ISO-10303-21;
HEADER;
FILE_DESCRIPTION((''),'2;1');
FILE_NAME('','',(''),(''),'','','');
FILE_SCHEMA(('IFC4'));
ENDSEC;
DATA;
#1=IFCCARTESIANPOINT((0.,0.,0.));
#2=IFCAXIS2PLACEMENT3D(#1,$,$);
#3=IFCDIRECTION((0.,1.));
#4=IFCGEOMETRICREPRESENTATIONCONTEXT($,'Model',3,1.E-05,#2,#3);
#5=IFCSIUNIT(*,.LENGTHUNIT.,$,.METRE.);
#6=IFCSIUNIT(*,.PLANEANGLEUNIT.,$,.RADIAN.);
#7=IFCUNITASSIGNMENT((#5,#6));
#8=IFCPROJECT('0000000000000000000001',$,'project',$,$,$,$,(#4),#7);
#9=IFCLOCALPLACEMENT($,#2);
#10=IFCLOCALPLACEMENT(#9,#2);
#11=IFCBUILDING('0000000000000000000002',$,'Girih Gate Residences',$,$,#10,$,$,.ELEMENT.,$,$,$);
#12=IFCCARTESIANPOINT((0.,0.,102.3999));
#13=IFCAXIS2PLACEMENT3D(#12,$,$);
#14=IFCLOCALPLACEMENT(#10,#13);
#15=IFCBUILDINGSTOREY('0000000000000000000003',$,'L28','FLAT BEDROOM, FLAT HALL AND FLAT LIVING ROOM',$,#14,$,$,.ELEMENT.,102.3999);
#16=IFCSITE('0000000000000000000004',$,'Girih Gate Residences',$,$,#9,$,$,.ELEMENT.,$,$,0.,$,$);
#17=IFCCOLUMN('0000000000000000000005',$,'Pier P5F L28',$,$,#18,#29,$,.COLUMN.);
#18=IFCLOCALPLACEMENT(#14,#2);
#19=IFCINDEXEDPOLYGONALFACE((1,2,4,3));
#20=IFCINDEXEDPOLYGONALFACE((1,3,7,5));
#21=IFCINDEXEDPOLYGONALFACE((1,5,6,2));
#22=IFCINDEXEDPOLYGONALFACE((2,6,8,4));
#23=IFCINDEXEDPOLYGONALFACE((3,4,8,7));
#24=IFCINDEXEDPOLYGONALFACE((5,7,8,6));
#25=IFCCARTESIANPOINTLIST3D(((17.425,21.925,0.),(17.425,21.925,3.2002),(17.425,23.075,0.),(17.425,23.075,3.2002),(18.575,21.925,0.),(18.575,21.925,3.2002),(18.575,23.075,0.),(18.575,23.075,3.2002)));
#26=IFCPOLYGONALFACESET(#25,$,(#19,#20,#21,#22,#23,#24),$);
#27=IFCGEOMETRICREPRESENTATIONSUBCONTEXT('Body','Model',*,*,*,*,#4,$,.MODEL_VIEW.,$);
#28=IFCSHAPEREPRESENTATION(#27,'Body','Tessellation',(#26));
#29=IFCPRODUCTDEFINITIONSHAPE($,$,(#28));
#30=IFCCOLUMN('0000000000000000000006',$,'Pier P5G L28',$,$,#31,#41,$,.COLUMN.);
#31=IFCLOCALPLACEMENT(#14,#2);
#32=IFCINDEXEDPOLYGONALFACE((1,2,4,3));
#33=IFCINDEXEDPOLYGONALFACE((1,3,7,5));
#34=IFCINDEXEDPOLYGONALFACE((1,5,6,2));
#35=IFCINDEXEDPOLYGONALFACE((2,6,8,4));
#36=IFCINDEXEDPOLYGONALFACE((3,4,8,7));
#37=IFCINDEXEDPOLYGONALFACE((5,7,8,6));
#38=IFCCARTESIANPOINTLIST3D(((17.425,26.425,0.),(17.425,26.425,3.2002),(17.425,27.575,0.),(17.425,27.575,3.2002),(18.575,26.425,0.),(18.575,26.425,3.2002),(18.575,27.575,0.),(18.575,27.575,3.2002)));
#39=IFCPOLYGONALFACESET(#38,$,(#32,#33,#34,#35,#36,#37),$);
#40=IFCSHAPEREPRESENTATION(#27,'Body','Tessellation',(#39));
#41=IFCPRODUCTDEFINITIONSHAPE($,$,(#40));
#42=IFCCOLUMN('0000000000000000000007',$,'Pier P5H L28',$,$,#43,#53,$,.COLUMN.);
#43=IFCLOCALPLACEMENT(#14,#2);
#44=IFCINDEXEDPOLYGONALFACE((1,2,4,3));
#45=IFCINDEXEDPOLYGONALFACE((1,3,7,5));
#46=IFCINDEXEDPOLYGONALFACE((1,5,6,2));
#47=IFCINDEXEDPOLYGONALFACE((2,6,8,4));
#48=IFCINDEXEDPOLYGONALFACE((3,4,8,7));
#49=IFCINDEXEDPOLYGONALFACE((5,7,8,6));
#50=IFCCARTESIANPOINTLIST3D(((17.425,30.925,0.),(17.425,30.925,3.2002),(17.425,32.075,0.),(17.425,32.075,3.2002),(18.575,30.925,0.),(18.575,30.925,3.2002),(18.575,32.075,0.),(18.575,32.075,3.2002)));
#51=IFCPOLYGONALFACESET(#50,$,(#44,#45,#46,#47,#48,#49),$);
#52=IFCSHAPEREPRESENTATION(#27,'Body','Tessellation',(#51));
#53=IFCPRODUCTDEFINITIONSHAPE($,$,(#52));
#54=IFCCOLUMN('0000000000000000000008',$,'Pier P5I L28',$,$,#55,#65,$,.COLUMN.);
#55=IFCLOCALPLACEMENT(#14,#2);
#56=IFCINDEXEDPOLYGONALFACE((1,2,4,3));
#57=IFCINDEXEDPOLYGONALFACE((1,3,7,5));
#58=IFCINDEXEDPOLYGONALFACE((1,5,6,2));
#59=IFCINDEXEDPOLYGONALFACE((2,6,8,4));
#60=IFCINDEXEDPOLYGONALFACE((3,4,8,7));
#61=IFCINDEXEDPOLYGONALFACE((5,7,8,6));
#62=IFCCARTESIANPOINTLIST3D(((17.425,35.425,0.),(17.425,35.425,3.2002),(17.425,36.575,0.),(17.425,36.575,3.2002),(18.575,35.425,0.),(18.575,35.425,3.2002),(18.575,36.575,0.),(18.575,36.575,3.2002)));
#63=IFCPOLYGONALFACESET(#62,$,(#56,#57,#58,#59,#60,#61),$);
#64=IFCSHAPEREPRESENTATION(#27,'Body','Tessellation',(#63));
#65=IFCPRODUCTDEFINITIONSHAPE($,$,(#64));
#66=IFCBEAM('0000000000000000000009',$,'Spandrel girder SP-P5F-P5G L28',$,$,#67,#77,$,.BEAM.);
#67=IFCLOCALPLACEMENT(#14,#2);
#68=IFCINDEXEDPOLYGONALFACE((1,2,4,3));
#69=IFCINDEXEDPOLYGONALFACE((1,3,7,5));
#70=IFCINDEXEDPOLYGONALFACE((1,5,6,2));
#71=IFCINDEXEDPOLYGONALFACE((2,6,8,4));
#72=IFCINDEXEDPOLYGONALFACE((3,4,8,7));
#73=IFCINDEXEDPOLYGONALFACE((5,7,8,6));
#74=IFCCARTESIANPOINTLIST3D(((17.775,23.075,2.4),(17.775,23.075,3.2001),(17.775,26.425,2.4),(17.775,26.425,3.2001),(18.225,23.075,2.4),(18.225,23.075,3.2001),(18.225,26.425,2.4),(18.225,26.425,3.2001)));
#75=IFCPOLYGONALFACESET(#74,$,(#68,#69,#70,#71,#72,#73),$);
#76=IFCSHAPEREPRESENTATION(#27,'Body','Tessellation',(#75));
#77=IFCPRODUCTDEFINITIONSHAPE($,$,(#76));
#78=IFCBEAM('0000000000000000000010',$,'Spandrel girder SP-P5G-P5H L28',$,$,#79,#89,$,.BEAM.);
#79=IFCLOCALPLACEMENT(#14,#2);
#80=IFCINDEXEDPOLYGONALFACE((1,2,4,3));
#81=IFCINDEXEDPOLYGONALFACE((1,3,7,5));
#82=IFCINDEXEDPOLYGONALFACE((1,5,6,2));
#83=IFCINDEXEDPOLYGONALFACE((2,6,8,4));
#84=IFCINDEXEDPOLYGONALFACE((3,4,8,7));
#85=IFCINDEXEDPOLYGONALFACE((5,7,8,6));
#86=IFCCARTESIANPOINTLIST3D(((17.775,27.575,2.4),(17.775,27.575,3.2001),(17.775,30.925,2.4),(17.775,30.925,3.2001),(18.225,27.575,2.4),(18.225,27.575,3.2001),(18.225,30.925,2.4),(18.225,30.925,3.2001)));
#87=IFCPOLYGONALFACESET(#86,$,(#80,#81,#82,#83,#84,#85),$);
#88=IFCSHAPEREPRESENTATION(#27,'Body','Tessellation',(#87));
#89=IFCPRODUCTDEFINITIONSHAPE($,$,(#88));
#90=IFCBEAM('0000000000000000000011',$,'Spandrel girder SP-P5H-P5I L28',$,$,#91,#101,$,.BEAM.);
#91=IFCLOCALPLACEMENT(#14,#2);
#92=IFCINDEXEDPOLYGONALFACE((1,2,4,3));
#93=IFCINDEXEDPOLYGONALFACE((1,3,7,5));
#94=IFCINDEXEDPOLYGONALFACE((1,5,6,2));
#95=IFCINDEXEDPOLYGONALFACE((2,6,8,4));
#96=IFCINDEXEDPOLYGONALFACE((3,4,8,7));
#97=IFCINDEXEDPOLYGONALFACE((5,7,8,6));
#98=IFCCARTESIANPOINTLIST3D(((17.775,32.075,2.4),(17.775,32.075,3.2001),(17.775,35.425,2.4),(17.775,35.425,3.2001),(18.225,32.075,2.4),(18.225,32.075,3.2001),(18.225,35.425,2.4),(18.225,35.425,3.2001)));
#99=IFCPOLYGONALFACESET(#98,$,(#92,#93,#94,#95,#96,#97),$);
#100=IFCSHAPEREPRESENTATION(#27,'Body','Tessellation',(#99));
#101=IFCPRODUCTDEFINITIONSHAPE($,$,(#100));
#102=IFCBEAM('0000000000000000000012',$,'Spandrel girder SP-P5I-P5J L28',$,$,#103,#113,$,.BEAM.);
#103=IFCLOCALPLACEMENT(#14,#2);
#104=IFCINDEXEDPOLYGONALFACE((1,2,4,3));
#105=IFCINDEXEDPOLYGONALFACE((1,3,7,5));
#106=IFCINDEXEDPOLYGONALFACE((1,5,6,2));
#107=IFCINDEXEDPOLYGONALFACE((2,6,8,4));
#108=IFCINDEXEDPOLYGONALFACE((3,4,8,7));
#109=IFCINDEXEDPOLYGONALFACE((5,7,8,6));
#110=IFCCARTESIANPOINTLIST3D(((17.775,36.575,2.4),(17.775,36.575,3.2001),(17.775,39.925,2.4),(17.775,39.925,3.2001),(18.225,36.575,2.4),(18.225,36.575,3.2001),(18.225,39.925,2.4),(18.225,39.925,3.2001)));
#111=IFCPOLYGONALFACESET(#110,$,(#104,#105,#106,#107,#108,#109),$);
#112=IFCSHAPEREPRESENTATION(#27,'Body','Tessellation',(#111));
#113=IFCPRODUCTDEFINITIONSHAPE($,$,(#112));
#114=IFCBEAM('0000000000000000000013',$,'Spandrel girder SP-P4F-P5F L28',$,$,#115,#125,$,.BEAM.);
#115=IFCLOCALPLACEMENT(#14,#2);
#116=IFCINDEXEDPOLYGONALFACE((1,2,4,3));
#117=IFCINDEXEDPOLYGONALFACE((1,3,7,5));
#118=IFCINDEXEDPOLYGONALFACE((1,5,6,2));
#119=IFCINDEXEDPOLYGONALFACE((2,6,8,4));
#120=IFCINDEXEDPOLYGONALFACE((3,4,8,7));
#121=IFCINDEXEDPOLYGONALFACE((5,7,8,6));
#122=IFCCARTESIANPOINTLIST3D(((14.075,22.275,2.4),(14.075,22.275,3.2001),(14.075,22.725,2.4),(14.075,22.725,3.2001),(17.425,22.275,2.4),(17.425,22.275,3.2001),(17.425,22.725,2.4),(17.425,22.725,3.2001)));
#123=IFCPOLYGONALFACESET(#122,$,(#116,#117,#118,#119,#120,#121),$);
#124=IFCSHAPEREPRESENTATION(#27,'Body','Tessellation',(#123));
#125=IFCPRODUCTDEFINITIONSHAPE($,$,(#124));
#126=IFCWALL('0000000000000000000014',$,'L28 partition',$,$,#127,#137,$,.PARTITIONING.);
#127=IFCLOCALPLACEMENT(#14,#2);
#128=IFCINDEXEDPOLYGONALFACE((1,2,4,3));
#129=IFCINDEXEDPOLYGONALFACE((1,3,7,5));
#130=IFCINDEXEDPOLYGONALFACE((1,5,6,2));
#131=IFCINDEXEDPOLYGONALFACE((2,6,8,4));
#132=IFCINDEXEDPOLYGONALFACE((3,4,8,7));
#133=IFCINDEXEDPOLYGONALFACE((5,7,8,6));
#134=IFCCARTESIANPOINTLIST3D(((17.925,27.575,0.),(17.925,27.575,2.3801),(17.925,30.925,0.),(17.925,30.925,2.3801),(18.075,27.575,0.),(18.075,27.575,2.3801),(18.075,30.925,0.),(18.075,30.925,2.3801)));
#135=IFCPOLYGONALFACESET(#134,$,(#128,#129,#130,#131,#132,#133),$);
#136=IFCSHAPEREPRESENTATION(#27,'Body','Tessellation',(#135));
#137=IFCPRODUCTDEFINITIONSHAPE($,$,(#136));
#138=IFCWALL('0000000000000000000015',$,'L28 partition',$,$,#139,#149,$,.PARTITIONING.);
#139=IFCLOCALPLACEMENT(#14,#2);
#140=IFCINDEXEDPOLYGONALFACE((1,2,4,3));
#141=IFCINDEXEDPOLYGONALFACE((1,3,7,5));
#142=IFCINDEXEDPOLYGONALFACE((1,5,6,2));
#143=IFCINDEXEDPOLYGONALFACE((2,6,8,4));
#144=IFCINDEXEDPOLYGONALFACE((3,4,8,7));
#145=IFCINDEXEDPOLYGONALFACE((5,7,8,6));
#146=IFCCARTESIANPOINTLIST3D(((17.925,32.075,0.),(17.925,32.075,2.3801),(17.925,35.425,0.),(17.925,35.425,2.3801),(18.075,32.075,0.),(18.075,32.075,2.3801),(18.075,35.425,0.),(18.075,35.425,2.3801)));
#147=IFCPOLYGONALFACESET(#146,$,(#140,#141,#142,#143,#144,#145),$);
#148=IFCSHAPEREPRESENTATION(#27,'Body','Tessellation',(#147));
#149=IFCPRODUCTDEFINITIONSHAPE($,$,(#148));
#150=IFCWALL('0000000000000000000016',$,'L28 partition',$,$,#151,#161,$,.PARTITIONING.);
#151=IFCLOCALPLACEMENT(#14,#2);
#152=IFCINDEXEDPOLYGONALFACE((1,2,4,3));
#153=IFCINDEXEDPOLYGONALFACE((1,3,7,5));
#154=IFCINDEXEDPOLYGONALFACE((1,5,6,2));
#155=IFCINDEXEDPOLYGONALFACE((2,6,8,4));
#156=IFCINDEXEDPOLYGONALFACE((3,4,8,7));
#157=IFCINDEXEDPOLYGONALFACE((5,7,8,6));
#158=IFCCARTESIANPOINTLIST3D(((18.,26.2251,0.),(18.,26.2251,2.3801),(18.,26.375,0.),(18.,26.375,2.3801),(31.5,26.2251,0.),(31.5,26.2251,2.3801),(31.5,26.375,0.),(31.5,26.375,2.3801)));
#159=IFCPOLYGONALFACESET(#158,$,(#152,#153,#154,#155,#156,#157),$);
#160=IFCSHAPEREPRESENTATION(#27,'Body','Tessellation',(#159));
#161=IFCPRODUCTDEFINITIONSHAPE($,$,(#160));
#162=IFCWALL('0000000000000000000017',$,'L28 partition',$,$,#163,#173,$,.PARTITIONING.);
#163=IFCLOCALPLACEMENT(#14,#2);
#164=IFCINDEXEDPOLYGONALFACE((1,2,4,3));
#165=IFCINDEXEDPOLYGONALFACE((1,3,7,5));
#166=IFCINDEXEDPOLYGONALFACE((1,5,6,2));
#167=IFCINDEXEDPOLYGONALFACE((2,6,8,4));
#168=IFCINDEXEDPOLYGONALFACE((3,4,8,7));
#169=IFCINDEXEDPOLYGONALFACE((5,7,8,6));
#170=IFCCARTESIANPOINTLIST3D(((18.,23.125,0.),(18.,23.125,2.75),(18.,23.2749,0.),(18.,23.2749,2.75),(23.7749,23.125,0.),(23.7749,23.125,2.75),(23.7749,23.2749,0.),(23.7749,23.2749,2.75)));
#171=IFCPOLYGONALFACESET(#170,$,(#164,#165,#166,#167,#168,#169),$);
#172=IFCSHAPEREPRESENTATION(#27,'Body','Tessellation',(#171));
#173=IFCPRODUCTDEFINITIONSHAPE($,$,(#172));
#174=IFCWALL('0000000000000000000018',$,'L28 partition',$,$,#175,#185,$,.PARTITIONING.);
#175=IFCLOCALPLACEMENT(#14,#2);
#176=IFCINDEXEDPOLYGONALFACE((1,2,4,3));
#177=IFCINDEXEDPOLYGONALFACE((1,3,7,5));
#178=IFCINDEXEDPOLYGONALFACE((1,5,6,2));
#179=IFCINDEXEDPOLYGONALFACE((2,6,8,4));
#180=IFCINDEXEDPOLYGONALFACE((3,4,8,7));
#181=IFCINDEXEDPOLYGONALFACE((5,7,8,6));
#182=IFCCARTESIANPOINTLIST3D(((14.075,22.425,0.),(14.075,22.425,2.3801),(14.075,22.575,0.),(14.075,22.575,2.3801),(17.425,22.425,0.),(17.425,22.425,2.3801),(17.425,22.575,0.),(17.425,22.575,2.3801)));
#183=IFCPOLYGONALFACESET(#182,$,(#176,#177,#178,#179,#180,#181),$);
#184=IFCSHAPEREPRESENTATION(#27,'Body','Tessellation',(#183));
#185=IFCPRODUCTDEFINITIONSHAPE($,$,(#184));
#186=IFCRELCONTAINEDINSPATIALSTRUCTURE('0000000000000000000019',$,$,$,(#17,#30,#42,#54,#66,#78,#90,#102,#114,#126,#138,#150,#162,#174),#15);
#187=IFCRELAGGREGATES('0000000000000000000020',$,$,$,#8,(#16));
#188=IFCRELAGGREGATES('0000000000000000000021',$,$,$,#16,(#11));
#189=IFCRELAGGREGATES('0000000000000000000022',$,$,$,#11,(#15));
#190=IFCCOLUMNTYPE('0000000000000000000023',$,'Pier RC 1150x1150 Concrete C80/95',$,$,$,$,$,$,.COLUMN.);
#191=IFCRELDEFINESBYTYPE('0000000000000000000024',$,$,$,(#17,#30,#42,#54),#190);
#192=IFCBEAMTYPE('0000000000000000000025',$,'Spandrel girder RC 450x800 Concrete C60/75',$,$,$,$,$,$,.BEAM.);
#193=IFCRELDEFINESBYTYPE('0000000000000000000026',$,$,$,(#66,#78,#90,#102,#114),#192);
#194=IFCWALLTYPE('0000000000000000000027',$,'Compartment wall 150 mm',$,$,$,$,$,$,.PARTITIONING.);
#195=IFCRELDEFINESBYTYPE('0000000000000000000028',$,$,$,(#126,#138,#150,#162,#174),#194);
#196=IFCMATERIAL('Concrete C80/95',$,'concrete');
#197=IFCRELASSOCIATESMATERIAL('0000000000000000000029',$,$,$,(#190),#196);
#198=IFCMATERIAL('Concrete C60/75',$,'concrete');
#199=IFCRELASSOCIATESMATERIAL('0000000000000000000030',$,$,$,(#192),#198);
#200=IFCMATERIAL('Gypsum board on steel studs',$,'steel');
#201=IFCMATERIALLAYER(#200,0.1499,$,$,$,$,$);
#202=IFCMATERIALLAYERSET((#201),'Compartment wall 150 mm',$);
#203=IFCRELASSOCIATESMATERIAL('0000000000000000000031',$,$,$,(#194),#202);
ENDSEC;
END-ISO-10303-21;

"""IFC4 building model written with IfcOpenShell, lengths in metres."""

from ifc_helpers import new_model, si_unit, direction, frame, frame_2d, origin, origin_2d, place, context, subcontext, project, spatial, rectangle, extrude, material, layer, layer_set, material_profile, profile_set, type_object, element, save


model = new_model("IFC4")

# Units and contexts
model_context = context("Model", 3, precision=1e-05, world=origin(), true_north=direction((0.0, 1.0)))
body_context = subcontext(model_context, "Body", "Model", "MODEL_VIEW")
ifc_project = project(units=[si_unit("LENGTHUNIT", "METRE"), si_unit("PLANEANGLEUNIT", "RADIAN")], contexts=[model_context])

# Site, building, storey
site_placement = place(None, origin())
site = spatial("IfcSite", under=ifc_project, at=site_placement, Name="Girih Gate Residences", CompositionType="ELEMENT", RefElevation=0.0)
building_placement = place(site_placement, origin())
building = spatial("IfcBuilding", under=site, at=building_placement, Name="Girih Gate Residences", CompositionType="ELEMENT")
storey_placement = place(building_placement, frame((0.0, 0.0, 102.3999)))
storey = spatial("IfcBuildingStorey", under=building, at=storey_placement, Name="L28", Description="FLAT BEDROOM, FLAT HALL AND FLAT LIVING ROOM", CompositionType="ELEMENT", Elevation=102.3999)

# Columns
ifc_material_1 = material(Name="Concrete C80/95", Category="concrete")
ifc_material_profile_1 = material_profile(ifc_material_1, rectangle(XDim=1.1499, YDim=1.1499, at=origin_2d()))
ifc_profile_set_1 = profile_set([ifc_material_profile_1], Name="Concrete C80/95")
column_type = type_object("IfcColumnType", Name="Pier RC 1150x1150 Concrete C80/95", PredefinedType="COLUMN", material=ifc_profile_set_1)
for number, where, z_axis, x_axis, name in (
    (1, (18.0, 22.5, 0.0), (0.0, 0.0, 1.0), (1.0, 0.0, 0.0), "Pier P5F L28"),
    (2, (18.0, 27.0, 0.0), (0.0, 0.0, 1.0), (1.0, 0.0, 0.0), "Pier P5G L28"),
    (3, (18.0, 31.5, 0.0), (0.0, 0.0, 1.0), (1.0, 0.0, 0.0), "Pier P5H L28"),
    (4, (18.0, 36.0, 0.0), (0.0, 0.0, 1.0), (1.0, 0.0, 0.0), "Pier P5I L28"),
):
    element("IfcColumn", number, at=place(storey_placement, frame(where, z_axis=z_axis, x_axis=x_axis)), inside=storey, type_object=column_type, Name=name, PredefinedType="COLUMN", context=body_context, shape_type="SweptSolid", body=[
        extrude(rectangle(XDim=1.1499, YDim=1.1499, at=origin_2d()), origin(), (0.0, 0.0, 1.0), 3.2002),
    ])

# Beams
ifc_material_2 = material(Name="Concrete C60/75", Category="concrete")
ifc_material_profile_2 = material_profile(ifc_material_2, rectangle(XDim=0.45, YDim=0.8, at=origin_2d()))
ifc_profile_set_2 = profile_set([ifc_material_profile_2], Name="Concrete C60/75")
beam_type = type_object("IfcBeamType", Name="Spandrel girder RC 450x800 Concrete C60/75", PredefinedType="BEAM", material=ifc_profile_set_2)
for number, where, z_axis, x_axis, name in (
    (5, (18.0, 23.075, 2.8), (0.0, 1.0, 0.0), (-1.0, 0.0, 0.0), "Spandrel girder SP-P5F-P5G L28"),
    (6, (18.0, 27.575, 2.8), (0.0, 1.0, 0.0), (-1.0, 0.0, 0.0), "Spandrel girder SP-P5G-P5H L28"),
    (7, (18.0, 32.075, 2.8), (0.0, 1.0, 0.0), (-1.0, 0.0, 0.0), "Spandrel girder SP-P5H-P5I L28"),
    (8, (18.0, 36.575, 2.8), (0.0, 1.0, 0.0), (-1.0, 0.0, 0.0), "Spandrel girder SP-P5I-P5J L28"),
    (9, (14.075, 22.5, 2.8), (1.0, 0.0, 0.0), (0.0, 1.0, 0.0), "Spandrel girder SP-P4F-P5F L28"),
):
    element("IfcBeam", number, at=place(storey_placement, frame(where, z_axis=z_axis, x_axis=x_axis)), inside=storey, type_object=beam_type, Name=name, PredefinedType="BEAM", context=body_context, shape_type="SweptSolid", body=[
        extrude(rectangle(XDim=0.45, YDim=0.8, at=origin_2d()), origin(), (0.0, 0.0, 1.0), 3.3501),
    ])

# Walls
ifc_material_3 = material(Name="Gypsum board on steel studs", Category="steel")
ifc_layer_1 = layer(ifc_material_3, 0.1499)
ifc_layer_set_1 = layer_set([ifc_layer_1], Name="Compartment wall 150 mm")
wall_type_1 = type_object("IfcWallType", Name="Compartment wall 150 mm", PredefinedType="PARTITIONING", material=ifc_layer_set_1)
for number, where, z_axis, x_axis, name in (
    (10, (18.0, 27.575, 0.0), (0.0, 0.0, 1.0), (0.0, 1.0, 0.0), "L28 partition"),
    (11, (18.0, 32.075, 0.0), (0.0, 0.0, 1.0), (0.0, 1.0, 0.0), "L28 partition"),
):
    element("IfcWall", number, at=place(storey_placement, frame(where, z_axis=z_axis, x_axis=x_axis)), inside=storey, type_object=wall_type_1, Name=name, PredefinedType="PARTITIONING", context=body_context, shape_type="SweptSolid", body=[
        extrude(rectangle(XDim=3.3501, YDim=0.1499, at=frame_2d((1.675, 0.0))), origin(), (0.0, 0.0, 1.0), 2.3801),
    ])
wall_1_placement = place(storey_placement, frame((18.0, 26.3, 0.0), z_axis=(0.0, 0.0, 1.0), x_axis=(1.0, 0.0, 0.0)))
element("IfcWall", 12, at=wall_1_placement, inside=storey, type_object=wall_type_1, Name="L28 partition", PredefinedType="PARTITIONING", context=body_context, shape_type="SweptSolid", body=[
    extrude(rectangle(XDim=13.5, YDim=0.1499, at=frame_2d((6.75, 0.0))), origin(), (0.0, 0.0, 1.0), 2.3801),
])
wall_2_placement = place(storey_placement, frame((18.0, 23.2, 0.0), z_axis=(0.0, 0.0, 1.0), x_axis=(1.0, 0.0, 0.0)))
element("IfcWall", 13, at=wall_2_placement, inside=storey, type_object=wall_type_1, Name="L28 partition", PredefinedType="PARTITIONING", context=body_context, shape_type="SweptSolid", body=[
    extrude(rectangle(XDim=5.7749, YDim=0.1499, at=frame_2d((2.8875, 0.0))), origin(), (0.0, 0.0, 1.0), 2.75),
])
wall_3_placement = place(storey_placement, frame((14.075, 22.5, 0.0), z_axis=(0.0, 0.0, 1.0), x_axis=(1.0, 0.0, 0.0)))
element("IfcWall", 14, at=wall_3_placement, inside=storey, type_object=wall_type_1, Name="L28 partition", PredefinedType="PARTITIONING", context=body_context, shape_type="SweptSolid", body=[
    extrude(rectangle(XDim=3.3501, YDim=0.1499, at=frame_2d((1.675, 0.0))), origin(), (0.0, 0.0, 1.0), 2.3801),
])

save(model, "model.ifc")
